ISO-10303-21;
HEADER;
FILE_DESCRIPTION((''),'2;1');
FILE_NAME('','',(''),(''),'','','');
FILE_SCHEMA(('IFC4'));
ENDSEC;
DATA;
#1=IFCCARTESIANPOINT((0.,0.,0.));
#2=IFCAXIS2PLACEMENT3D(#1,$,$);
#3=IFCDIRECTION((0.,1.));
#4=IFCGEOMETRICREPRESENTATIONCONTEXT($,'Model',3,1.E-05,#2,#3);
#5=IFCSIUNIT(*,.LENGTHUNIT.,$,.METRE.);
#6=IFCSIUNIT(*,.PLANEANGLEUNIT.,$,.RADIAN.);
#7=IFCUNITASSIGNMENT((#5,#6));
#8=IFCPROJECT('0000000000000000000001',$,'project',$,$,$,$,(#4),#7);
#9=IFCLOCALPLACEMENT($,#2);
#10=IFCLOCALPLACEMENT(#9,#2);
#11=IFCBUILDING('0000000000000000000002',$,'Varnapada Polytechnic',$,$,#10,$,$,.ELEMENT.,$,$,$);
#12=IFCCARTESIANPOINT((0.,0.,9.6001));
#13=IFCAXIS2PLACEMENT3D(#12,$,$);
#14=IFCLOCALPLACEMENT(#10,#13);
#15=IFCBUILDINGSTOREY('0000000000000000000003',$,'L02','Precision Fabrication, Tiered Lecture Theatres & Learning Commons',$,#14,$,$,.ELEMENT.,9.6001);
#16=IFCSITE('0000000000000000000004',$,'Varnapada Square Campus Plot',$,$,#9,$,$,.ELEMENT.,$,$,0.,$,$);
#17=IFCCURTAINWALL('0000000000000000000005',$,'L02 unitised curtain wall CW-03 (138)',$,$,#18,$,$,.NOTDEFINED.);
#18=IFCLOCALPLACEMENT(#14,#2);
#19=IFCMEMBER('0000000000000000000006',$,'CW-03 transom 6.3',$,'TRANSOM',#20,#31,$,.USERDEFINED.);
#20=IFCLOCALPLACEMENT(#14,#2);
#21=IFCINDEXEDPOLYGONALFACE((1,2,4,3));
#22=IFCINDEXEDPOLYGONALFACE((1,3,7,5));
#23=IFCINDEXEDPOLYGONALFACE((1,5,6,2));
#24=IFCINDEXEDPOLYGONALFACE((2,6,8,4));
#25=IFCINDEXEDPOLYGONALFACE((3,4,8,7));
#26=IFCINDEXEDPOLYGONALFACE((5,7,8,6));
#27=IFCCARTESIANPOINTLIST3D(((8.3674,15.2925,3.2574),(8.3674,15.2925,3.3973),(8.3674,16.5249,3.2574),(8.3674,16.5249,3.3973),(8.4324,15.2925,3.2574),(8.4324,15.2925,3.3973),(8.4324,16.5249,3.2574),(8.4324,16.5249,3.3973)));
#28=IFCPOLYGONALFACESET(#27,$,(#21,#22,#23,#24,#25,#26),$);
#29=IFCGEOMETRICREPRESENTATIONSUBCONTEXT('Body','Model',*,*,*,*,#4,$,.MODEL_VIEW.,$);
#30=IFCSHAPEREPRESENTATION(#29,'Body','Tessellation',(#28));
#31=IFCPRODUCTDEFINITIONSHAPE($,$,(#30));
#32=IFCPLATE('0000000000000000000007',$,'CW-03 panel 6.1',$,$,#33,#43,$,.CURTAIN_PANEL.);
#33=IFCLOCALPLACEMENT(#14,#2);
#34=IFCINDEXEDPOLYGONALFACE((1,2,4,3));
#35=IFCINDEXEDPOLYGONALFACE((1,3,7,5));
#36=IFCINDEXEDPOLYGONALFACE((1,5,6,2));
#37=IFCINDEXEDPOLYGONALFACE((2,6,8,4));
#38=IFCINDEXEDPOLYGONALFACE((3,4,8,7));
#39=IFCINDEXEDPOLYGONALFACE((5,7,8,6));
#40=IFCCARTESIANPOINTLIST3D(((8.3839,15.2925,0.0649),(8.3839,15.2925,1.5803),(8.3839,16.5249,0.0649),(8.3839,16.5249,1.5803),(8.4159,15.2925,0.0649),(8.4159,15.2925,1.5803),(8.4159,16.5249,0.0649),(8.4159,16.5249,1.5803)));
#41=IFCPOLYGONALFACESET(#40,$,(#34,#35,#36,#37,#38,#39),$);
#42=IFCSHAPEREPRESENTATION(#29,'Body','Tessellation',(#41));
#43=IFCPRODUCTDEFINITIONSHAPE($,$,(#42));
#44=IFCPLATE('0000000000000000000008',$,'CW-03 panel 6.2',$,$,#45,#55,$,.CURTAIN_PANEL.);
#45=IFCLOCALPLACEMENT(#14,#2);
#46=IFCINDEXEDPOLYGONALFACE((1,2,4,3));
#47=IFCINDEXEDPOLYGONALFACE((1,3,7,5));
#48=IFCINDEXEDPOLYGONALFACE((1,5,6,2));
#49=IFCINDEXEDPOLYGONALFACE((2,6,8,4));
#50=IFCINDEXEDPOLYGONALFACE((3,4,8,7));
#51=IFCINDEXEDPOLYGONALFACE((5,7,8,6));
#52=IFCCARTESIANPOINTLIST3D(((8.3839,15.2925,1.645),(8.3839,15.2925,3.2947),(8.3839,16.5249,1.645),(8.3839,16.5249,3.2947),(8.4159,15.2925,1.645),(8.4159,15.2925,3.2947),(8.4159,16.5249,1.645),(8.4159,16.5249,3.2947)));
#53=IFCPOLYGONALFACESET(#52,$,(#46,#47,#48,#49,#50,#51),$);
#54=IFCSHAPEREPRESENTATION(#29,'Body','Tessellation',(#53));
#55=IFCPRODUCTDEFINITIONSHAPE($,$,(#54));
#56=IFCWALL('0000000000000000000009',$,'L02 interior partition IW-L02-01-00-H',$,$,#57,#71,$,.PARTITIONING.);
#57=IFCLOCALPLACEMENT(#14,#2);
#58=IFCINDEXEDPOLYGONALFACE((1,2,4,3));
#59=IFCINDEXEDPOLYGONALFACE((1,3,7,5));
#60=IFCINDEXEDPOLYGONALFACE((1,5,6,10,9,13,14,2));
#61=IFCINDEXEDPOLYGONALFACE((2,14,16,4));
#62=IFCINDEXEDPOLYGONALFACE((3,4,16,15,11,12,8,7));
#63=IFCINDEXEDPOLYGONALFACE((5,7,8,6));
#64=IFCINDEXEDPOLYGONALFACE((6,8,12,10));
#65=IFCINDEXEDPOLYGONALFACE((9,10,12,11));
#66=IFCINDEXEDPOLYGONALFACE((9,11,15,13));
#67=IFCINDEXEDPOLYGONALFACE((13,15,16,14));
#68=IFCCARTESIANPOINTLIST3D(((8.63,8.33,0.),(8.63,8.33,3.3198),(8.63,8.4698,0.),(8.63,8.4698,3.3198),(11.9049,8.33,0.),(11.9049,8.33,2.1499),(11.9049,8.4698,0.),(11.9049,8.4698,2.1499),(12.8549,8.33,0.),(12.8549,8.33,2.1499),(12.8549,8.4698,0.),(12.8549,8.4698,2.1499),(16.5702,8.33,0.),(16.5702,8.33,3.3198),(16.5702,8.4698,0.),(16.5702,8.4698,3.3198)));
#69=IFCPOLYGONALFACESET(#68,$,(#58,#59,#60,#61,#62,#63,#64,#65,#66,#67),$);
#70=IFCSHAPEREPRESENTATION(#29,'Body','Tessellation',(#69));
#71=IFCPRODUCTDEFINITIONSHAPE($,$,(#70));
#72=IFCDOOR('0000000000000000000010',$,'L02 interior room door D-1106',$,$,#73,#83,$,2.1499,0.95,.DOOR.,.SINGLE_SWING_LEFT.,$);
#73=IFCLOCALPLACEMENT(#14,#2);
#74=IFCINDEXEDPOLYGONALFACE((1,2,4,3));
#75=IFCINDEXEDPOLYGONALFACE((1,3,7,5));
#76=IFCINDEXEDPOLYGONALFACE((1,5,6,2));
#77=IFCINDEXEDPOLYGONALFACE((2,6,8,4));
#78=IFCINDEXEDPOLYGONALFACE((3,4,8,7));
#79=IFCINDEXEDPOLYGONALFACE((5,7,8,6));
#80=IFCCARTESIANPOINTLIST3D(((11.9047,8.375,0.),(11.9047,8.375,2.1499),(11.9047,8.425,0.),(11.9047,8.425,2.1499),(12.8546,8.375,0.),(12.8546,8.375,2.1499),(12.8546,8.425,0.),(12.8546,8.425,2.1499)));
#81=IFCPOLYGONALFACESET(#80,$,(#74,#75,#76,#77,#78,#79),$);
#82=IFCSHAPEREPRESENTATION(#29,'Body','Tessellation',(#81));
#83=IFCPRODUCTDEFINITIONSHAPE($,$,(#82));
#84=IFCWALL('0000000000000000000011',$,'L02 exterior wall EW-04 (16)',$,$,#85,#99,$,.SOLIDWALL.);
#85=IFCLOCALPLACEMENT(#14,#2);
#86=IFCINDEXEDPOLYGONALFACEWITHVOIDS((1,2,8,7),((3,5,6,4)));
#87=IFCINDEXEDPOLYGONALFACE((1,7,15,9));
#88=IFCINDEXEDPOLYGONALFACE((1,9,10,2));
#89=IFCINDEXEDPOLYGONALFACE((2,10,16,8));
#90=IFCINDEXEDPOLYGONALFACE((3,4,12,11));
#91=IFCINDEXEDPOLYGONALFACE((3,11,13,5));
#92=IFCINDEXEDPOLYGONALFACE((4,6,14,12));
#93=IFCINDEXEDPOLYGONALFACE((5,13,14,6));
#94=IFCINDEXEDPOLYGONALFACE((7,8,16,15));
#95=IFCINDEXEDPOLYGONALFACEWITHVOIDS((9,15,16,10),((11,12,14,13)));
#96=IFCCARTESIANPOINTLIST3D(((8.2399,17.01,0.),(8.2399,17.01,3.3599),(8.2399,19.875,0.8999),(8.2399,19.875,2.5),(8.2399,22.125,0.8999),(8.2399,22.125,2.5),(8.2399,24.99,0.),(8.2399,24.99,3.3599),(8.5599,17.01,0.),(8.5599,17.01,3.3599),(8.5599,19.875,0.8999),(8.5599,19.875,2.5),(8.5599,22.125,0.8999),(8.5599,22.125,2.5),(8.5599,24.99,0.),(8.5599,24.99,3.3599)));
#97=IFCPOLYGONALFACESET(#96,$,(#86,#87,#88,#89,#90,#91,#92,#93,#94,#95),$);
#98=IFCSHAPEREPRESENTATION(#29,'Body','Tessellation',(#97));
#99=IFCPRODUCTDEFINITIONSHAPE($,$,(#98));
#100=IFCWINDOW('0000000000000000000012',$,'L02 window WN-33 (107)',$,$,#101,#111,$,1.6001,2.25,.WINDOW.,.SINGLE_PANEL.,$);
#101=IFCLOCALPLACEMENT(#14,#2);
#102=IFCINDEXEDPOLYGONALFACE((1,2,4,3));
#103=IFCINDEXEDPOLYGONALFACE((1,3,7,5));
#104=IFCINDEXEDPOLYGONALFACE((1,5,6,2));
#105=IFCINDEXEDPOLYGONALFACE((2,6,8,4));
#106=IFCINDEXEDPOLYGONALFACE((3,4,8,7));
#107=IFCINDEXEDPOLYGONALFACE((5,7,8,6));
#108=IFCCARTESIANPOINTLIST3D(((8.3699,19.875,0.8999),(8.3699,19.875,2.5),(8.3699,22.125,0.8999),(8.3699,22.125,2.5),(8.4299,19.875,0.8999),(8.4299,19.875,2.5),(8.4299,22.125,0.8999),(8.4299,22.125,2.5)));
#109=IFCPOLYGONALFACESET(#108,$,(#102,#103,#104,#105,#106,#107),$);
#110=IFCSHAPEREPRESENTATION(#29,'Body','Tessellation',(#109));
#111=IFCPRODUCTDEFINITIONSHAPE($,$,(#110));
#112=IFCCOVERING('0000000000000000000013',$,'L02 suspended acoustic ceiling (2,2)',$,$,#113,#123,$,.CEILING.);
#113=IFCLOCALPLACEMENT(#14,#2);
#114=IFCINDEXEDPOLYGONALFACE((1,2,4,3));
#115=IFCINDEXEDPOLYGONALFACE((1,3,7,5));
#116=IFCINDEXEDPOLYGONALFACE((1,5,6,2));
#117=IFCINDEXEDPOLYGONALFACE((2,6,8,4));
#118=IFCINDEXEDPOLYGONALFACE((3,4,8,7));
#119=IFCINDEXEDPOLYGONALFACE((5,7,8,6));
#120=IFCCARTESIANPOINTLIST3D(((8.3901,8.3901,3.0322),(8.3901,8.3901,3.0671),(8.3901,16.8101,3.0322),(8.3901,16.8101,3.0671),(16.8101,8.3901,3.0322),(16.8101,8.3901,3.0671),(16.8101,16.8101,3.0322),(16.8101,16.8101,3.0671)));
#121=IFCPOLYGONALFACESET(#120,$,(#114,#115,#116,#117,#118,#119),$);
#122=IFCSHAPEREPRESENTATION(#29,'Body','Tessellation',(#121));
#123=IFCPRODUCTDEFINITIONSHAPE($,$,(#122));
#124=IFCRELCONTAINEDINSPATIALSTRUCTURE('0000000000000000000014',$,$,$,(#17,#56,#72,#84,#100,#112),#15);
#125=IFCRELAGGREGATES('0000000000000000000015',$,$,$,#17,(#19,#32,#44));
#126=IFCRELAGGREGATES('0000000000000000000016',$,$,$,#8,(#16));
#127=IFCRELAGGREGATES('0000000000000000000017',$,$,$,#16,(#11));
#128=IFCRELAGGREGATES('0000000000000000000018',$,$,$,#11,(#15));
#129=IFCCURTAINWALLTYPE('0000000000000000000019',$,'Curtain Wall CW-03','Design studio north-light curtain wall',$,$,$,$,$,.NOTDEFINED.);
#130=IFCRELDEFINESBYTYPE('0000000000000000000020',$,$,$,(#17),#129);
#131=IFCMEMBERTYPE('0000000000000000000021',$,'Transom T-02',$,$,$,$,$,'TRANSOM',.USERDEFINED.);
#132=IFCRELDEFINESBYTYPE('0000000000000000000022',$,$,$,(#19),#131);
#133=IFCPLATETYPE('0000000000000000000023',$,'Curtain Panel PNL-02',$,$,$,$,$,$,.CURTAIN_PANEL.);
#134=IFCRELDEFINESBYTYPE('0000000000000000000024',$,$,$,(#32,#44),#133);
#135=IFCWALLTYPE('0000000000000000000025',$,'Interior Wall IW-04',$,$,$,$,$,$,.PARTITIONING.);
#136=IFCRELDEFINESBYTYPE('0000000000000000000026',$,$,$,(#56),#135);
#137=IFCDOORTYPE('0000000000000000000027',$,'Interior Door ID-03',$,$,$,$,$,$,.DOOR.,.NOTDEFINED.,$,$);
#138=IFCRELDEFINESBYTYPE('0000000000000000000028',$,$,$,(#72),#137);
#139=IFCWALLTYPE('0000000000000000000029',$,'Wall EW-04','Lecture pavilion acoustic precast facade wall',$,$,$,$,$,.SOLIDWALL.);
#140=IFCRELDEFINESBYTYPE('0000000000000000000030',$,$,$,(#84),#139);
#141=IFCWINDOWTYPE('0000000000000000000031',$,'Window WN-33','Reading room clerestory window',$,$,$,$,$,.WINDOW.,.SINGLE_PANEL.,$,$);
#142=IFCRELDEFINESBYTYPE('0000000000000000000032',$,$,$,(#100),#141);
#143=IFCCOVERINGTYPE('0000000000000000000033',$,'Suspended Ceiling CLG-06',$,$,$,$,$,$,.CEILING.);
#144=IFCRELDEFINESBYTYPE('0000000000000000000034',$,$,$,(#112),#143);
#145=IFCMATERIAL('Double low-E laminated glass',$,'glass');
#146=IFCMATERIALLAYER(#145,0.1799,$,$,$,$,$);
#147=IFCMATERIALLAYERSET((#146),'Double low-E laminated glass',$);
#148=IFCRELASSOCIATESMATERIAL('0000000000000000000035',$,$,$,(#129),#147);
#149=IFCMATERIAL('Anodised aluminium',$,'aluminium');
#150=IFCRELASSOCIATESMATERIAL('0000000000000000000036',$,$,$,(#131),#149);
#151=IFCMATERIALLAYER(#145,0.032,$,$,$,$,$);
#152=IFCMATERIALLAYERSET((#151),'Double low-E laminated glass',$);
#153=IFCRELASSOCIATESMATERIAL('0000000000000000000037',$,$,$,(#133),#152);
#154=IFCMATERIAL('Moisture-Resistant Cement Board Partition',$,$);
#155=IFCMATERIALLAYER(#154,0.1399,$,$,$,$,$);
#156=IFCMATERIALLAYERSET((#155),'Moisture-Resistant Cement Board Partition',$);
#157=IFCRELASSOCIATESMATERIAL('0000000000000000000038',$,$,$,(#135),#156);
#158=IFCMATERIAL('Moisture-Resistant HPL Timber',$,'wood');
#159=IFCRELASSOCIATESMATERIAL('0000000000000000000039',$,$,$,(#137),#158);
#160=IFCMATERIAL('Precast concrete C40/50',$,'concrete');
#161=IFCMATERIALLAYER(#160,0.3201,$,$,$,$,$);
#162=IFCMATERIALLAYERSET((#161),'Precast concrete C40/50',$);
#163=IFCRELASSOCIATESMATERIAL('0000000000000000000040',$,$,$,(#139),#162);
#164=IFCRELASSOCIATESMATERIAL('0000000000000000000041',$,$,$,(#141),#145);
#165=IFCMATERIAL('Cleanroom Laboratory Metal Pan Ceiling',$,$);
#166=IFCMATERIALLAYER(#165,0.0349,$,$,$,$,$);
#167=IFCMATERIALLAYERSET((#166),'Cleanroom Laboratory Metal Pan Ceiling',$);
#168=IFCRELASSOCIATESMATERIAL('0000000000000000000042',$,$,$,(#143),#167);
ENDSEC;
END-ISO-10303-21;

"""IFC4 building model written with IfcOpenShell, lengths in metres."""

from ifc_helpers import new_model, si_unit, direction, frame, frame_2d, origin, origin_2d, place, context, subcontext, project, spatial, rectangle, extrude, material, layer, layer_set, material_profile, profile_set, type_object, element, fill, aggregate, save


model = new_model("IFC4")

# Units and contexts
model_context = context("Model", 3, precision=1e-05, world=origin(), true_north=direction((0.0, 1.0)))
body_context = subcontext(model_context, "Body", "Model", "MODEL_VIEW")
ifc_project = project(units=[si_unit("LENGTHUNIT", "METRE"), si_unit("PLANEANGLEUNIT", "RADIAN")], contexts=[model_context])

# Site, building, storey
site_placement = place(None, origin())
site = spatial("IfcSite", under=ifc_project, at=site_placement, Name="Varnapada Square Campus Plot", CompositionType="ELEMENT", RefElevation=0.0)
building_placement = place(site_placement, origin())
building = spatial("IfcBuilding", under=site, at=building_placement, Name="Varnapada Polytechnic", CompositionType="ELEMENT")
storey_placement = place(building_placement, frame((0.0, 0.0, 9.6001)))
storey = spatial("IfcBuildingStorey", under=building, at=storey_placement, Name="L02", Description="Precision Fabrication, Tiered Lecture Theatres & Learning Commons", CompositionType="ELEMENT", Elevation=9.6001)

# Curtain wall
ifc_material_1 = material(Name="Double low-E laminated glass", Category="glass")
ifc_layer_1 = layer(ifc_material_1, 0.1799)
ifc_layer_set_1 = layer_set([ifc_layer_1], Name="Double low-E laminated glass")
curtain_wall_type = type_object("IfcCurtainWallType", Name="Curtain Wall CW-03", Description="Design studio north-light curtain wall", PredefinedType="NOTDEFINED", material=ifc_layer_set_1)
curtain_wall_placement = place(storey_placement, origin())
curtain_wall = element("IfcCurtainWall", 1, at=curtain_wall_placement, inside=storey, type_object=curtain_wall_type, Name="L02 unitised curtain wall CW-03 (138)", PredefinedType="NOTDEFINED")
ifc_material_2 = material(Name="Anodised aluminium", Category="aluminium")

# Member
ifc_material_profile_1 = material_profile(ifc_material_2, rectangle(XDim=0.0649, YDim=0.1399, at=origin_2d()), Name="ALU T65x140")
ifc_profile_set_1 = profile_set([ifc_material_profile_1], Name="Anodised aluminium")
member_type_1 = type_object("IfcMemberType", Name="Transom T-02", ElementType="TRANSOM", PredefinedType="USERDEFINED", material=ifc_profile_set_1)
member_1_placement = place(storey_placement, frame((8.3999, 15.2925, 3.3274), z_axis=(0.0, 1.0, 0.0), x_axis=(-1.0, 0.0, 0.0)))
member_1 = element("IfcMember", 2, at=member_1_placement, type_object=member_type_1, Name="CW-03 transom 6.3", ObjectType="TRANSOM", PredefinedType="USERDEFINED", context=body_context, shape_type="SweptSolid", body=[
    extrude(rectangle(XDim=0.0649, YDim=0.1399, at=origin_2d()), origin(), (0.0, 0.0, 1.0), 1.2324),
])

# Plates
ifc_layer_2 = layer(ifc_material_1, 0.032)
ifc_layer_set_2 = layer_set([ifc_layer_2], Name="Double low-E laminated glass")
plate_type = type_object("IfcPlateType", Name="Curtain Panel PNL-02", PredefinedType="CURTAIN_PANEL", material=ifc_layer_set_2)
plate_1_placement = place(storey_placement, frame((8.3999, 15.9087, 0.0649), z_axis=(0.0, 0.0, 1.0), x_axis=(0.0, 1.0, 0.0)))
plate_1 = element("IfcPlate", 3, at=plate_1_placement, type_object=plate_type, Name="CW-03 panel 6.1", PredefinedType="CURTAIN_PANEL", context=body_context, shape_type="SweptSolid", body=[
    extrude(rectangle(XDim=1.2324, YDim=0.032, at=origin_2d()), origin(), (0.0, 0.0, 1.0), 1.5154),
])
plate_2_placement = place(storey_placement, frame((8.3999, 15.9087, 1.645), z_axis=(0.0, 0.0, 1.0), x_axis=(0.0, 1.0, 0.0)))
plate_2 = element("IfcPlate", 4, at=plate_2_placement, type_object=plate_type, Name="CW-03 panel 6.2", PredefinedType="CURTAIN_PANEL", context=body_context, shape_type="SweptSolid", body=[
    extrude(rectangle(XDim=1.2324, YDim=0.032, at=origin_2d()), origin(), (0.0, 0.0, 1.0), 1.6497),
])
aggregate(curtain_wall, [member_1, plate_1, plate_2])

# Wall, opening, door
ifc_material_3 = material(Name="Moisture-Resistant Cement Board Partition")
ifc_layer_3 = layer(ifc_material_3, 0.1399)
ifc_layer_set_3 = layer_set([ifc_layer_3], Name="Moisture-Resistant Cement Board Partition")
wall_type_1 = type_object("IfcWallType", Name="Interior Wall IW-04", PredefinedType="PARTITIONING", material=ifc_layer_set_3)
wall_1_placement = place(storey_placement, frame((8.6299, 8.3999, 0.0), z_axis=(0.0, 0.0, 1.0), x_axis=(1.0, 0.0, 0.0)))
wall_1 = element("IfcWall", 5, at=wall_1_placement, inside=storey, type_object=wall_type_1, Name="L02 interior partition IW-L02-01-00-H", PredefinedType="PARTITIONING", context=body_context, shape_type="SweptSolid", body=[
    extrude(rectangle(XDim=7.9402, YDim=0.1399, at=frame_2d((3.9702, 0.0))), origin(), (0.0, 0.0, 1.0), 3.3198),
])
opening_1_placement = place(wall_1_placement, frame((3.2749, 0.0, 0.0)))
opening_1 = element("IfcOpeningElement", 6, at=opening_1_placement, cuts=wall_1, PredefinedType="OPENING", context=body_context, shape_type="SweptSolid", body=[
    extrude(rectangle(XDim=0.95, YDim=2.1499, at=frame_2d((0.4751, 1.075))), frame((0.0, 0.0798, 0.0), z_axis=(0.0, -1.0, 0.0), x_axis=(1.0, 0.0, 0.0)), (0.0, 0.0, 1.0), 0.1599),
])
ifc_material_4 = material(Name="Moisture-Resistant HPL Timber", Category="wood")
door_type = type_object("IfcDoorType", Name="Interior Door ID-03", OperationType="NOTDEFINED", PredefinedType="DOOR", material=ifc_material_4)
door_placement = place(opening_1_placement, frame((0.95, 0.0, 0.0), z_axis=(0.0, 0.0, 1.0), x_axis=(-1.0, 0.0, 0.0)))
door = element("IfcDoor", 7, at=door_placement, inside=storey, type_object=door_type, Name="L02 interior room door D-1106", OperationType="SINGLE_SWING_LEFT", OverallHeight=2.1499, OverallWidth=0.95, PredefinedType="DOOR", context=body_context, shape_type="SweptSolid", body=[
    extrude(rectangle(XDim=0.95, YDim=2.1499, at=frame_2d((0.4751, 1.075))), frame((0.0, 0.0249, 0.0), z_axis=(0.0, -1.0, 0.0), x_axis=(1.0, 0.0, 0.0)), (0.0, 0.0, 1.0), 0.05),
])
fill(opening_1, door)

# Wall, opening, window
ifc_material_5 = material(Name="Precast concrete C40/50", Category="concrete")
ifc_layer_4 = layer(ifc_material_5, 0.3201)
ifc_layer_set_4 = layer_set([ifc_layer_4], Name="Precast concrete C40/50")
wall_type_2 = type_object("IfcWallType", Name="Wall EW-04", Description="Lecture pavilion acoustic precast facade wall", PredefinedType="SOLIDWALL", material=ifc_layer_set_4)
wall_2_placement = place(storey_placement, frame((8.3999, 17.01, 0.0), z_axis=(0.0, 0.0, 1.0), x_axis=(0.0, 1.0, 0.0)))
wall_2 = element("IfcWall", 8, at=wall_2_placement, inside=storey, type_object=wall_type_2, Name="L02 exterior wall EW-04 (16)", PredefinedType="SOLIDWALL", context=body_context, shape_type="SweptSolid", body=[
    extrude(rectangle(XDim=7.98, YDim=0.3201, at=frame_2d((3.99, 0.0))), origin(), (0.0, 0.0, 1.0), 3.3599),
])
opening_2_placement = place(wall_2_placement, frame((2.865, 0.0, 0.8999)))
opening_2 = element("IfcOpeningElement", 9, at=opening_2_placement, cuts=wall_2, PredefinedType="OPENING", context=body_context, shape_type="SweptSolid", body=[
    extrude(rectangle(XDim=2.25, YDim=1.6001, at=frame_2d((1.125, 0.8))), frame((0.0, 0.1699, 0.0), z_axis=(0.0, -1.0, 0.0), x_axis=(1.0, 0.0, 0.0)), (0.0, 0.0, 1.0), 0.3401),
])
window_type = type_object("IfcWindowType", Name="Window WN-33", Description="Reading room clerestory window", PartitioningType="SINGLE_PANEL", PredefinedType="WINDOW", material=ifc_material_1)
window_placement = place(opening_2_placement, origin())
window = element("IfcWindow", 10, at=window_placement, inside=storey, type_object=window_type, Name="L02 window WN-33 (107)", OverallHeight=1.6001, OverallWidth=2.25, PartitioningType="SINGLE_PANEL", PredefinedType="WINDOW", context=body_context, shape_type="SweptSolid", body=[
    extrude(rectangle(XDim=2.25, YDim=1.6001, at=frame_2d((1.125, 0.8))), frame((0.0, 0.03, 0.0), z_axis=(0.0, -1.0, 0.0), x_axis=(1.0, 0.0, 0.0)), (0.0, 0.0, 1.0), 0.0601),
])
fill(opening_2, window)

# Covering
ifc_material_6 = material(Name="Cleanroom Laboratory Metal Pan Ceiling")
ifc_layer_5 = layer(ifc_material_6, 0.0349)
ifc_layer_set_5 = layer_set([ifc_layer_5], Name="Cleanroom Laboratory Metal Pan Ceiling")
covering_type = type_object("IfcCoveringType", Name="Suspended Ceiling CLG-06", PredefinedType="CEILING", material=ifc_layer_set_5)
covering_placement = place(storey_placement, frame((12.6001, 12.6001, 3.0322), z_axis=(0.0, 0.0, 1.0), x_axis=(1.0, 0.0, 0.0)))
element("IfcCovering", 11, at=covering_placement, inside=storey, type_object=covering_type, Name="L02 suspended acoustic ceiling (2,2)", PredefinedType="CEILING", context=body_context, shape_type="SweptSolid", body=[
    extrude(rectangle(XDim=8.4199, YDim=8.4199, at=origin_2d()), origin(), (0.0, 0.0, 1.0), 0.0349),
])

save(model, "model.ifc")
